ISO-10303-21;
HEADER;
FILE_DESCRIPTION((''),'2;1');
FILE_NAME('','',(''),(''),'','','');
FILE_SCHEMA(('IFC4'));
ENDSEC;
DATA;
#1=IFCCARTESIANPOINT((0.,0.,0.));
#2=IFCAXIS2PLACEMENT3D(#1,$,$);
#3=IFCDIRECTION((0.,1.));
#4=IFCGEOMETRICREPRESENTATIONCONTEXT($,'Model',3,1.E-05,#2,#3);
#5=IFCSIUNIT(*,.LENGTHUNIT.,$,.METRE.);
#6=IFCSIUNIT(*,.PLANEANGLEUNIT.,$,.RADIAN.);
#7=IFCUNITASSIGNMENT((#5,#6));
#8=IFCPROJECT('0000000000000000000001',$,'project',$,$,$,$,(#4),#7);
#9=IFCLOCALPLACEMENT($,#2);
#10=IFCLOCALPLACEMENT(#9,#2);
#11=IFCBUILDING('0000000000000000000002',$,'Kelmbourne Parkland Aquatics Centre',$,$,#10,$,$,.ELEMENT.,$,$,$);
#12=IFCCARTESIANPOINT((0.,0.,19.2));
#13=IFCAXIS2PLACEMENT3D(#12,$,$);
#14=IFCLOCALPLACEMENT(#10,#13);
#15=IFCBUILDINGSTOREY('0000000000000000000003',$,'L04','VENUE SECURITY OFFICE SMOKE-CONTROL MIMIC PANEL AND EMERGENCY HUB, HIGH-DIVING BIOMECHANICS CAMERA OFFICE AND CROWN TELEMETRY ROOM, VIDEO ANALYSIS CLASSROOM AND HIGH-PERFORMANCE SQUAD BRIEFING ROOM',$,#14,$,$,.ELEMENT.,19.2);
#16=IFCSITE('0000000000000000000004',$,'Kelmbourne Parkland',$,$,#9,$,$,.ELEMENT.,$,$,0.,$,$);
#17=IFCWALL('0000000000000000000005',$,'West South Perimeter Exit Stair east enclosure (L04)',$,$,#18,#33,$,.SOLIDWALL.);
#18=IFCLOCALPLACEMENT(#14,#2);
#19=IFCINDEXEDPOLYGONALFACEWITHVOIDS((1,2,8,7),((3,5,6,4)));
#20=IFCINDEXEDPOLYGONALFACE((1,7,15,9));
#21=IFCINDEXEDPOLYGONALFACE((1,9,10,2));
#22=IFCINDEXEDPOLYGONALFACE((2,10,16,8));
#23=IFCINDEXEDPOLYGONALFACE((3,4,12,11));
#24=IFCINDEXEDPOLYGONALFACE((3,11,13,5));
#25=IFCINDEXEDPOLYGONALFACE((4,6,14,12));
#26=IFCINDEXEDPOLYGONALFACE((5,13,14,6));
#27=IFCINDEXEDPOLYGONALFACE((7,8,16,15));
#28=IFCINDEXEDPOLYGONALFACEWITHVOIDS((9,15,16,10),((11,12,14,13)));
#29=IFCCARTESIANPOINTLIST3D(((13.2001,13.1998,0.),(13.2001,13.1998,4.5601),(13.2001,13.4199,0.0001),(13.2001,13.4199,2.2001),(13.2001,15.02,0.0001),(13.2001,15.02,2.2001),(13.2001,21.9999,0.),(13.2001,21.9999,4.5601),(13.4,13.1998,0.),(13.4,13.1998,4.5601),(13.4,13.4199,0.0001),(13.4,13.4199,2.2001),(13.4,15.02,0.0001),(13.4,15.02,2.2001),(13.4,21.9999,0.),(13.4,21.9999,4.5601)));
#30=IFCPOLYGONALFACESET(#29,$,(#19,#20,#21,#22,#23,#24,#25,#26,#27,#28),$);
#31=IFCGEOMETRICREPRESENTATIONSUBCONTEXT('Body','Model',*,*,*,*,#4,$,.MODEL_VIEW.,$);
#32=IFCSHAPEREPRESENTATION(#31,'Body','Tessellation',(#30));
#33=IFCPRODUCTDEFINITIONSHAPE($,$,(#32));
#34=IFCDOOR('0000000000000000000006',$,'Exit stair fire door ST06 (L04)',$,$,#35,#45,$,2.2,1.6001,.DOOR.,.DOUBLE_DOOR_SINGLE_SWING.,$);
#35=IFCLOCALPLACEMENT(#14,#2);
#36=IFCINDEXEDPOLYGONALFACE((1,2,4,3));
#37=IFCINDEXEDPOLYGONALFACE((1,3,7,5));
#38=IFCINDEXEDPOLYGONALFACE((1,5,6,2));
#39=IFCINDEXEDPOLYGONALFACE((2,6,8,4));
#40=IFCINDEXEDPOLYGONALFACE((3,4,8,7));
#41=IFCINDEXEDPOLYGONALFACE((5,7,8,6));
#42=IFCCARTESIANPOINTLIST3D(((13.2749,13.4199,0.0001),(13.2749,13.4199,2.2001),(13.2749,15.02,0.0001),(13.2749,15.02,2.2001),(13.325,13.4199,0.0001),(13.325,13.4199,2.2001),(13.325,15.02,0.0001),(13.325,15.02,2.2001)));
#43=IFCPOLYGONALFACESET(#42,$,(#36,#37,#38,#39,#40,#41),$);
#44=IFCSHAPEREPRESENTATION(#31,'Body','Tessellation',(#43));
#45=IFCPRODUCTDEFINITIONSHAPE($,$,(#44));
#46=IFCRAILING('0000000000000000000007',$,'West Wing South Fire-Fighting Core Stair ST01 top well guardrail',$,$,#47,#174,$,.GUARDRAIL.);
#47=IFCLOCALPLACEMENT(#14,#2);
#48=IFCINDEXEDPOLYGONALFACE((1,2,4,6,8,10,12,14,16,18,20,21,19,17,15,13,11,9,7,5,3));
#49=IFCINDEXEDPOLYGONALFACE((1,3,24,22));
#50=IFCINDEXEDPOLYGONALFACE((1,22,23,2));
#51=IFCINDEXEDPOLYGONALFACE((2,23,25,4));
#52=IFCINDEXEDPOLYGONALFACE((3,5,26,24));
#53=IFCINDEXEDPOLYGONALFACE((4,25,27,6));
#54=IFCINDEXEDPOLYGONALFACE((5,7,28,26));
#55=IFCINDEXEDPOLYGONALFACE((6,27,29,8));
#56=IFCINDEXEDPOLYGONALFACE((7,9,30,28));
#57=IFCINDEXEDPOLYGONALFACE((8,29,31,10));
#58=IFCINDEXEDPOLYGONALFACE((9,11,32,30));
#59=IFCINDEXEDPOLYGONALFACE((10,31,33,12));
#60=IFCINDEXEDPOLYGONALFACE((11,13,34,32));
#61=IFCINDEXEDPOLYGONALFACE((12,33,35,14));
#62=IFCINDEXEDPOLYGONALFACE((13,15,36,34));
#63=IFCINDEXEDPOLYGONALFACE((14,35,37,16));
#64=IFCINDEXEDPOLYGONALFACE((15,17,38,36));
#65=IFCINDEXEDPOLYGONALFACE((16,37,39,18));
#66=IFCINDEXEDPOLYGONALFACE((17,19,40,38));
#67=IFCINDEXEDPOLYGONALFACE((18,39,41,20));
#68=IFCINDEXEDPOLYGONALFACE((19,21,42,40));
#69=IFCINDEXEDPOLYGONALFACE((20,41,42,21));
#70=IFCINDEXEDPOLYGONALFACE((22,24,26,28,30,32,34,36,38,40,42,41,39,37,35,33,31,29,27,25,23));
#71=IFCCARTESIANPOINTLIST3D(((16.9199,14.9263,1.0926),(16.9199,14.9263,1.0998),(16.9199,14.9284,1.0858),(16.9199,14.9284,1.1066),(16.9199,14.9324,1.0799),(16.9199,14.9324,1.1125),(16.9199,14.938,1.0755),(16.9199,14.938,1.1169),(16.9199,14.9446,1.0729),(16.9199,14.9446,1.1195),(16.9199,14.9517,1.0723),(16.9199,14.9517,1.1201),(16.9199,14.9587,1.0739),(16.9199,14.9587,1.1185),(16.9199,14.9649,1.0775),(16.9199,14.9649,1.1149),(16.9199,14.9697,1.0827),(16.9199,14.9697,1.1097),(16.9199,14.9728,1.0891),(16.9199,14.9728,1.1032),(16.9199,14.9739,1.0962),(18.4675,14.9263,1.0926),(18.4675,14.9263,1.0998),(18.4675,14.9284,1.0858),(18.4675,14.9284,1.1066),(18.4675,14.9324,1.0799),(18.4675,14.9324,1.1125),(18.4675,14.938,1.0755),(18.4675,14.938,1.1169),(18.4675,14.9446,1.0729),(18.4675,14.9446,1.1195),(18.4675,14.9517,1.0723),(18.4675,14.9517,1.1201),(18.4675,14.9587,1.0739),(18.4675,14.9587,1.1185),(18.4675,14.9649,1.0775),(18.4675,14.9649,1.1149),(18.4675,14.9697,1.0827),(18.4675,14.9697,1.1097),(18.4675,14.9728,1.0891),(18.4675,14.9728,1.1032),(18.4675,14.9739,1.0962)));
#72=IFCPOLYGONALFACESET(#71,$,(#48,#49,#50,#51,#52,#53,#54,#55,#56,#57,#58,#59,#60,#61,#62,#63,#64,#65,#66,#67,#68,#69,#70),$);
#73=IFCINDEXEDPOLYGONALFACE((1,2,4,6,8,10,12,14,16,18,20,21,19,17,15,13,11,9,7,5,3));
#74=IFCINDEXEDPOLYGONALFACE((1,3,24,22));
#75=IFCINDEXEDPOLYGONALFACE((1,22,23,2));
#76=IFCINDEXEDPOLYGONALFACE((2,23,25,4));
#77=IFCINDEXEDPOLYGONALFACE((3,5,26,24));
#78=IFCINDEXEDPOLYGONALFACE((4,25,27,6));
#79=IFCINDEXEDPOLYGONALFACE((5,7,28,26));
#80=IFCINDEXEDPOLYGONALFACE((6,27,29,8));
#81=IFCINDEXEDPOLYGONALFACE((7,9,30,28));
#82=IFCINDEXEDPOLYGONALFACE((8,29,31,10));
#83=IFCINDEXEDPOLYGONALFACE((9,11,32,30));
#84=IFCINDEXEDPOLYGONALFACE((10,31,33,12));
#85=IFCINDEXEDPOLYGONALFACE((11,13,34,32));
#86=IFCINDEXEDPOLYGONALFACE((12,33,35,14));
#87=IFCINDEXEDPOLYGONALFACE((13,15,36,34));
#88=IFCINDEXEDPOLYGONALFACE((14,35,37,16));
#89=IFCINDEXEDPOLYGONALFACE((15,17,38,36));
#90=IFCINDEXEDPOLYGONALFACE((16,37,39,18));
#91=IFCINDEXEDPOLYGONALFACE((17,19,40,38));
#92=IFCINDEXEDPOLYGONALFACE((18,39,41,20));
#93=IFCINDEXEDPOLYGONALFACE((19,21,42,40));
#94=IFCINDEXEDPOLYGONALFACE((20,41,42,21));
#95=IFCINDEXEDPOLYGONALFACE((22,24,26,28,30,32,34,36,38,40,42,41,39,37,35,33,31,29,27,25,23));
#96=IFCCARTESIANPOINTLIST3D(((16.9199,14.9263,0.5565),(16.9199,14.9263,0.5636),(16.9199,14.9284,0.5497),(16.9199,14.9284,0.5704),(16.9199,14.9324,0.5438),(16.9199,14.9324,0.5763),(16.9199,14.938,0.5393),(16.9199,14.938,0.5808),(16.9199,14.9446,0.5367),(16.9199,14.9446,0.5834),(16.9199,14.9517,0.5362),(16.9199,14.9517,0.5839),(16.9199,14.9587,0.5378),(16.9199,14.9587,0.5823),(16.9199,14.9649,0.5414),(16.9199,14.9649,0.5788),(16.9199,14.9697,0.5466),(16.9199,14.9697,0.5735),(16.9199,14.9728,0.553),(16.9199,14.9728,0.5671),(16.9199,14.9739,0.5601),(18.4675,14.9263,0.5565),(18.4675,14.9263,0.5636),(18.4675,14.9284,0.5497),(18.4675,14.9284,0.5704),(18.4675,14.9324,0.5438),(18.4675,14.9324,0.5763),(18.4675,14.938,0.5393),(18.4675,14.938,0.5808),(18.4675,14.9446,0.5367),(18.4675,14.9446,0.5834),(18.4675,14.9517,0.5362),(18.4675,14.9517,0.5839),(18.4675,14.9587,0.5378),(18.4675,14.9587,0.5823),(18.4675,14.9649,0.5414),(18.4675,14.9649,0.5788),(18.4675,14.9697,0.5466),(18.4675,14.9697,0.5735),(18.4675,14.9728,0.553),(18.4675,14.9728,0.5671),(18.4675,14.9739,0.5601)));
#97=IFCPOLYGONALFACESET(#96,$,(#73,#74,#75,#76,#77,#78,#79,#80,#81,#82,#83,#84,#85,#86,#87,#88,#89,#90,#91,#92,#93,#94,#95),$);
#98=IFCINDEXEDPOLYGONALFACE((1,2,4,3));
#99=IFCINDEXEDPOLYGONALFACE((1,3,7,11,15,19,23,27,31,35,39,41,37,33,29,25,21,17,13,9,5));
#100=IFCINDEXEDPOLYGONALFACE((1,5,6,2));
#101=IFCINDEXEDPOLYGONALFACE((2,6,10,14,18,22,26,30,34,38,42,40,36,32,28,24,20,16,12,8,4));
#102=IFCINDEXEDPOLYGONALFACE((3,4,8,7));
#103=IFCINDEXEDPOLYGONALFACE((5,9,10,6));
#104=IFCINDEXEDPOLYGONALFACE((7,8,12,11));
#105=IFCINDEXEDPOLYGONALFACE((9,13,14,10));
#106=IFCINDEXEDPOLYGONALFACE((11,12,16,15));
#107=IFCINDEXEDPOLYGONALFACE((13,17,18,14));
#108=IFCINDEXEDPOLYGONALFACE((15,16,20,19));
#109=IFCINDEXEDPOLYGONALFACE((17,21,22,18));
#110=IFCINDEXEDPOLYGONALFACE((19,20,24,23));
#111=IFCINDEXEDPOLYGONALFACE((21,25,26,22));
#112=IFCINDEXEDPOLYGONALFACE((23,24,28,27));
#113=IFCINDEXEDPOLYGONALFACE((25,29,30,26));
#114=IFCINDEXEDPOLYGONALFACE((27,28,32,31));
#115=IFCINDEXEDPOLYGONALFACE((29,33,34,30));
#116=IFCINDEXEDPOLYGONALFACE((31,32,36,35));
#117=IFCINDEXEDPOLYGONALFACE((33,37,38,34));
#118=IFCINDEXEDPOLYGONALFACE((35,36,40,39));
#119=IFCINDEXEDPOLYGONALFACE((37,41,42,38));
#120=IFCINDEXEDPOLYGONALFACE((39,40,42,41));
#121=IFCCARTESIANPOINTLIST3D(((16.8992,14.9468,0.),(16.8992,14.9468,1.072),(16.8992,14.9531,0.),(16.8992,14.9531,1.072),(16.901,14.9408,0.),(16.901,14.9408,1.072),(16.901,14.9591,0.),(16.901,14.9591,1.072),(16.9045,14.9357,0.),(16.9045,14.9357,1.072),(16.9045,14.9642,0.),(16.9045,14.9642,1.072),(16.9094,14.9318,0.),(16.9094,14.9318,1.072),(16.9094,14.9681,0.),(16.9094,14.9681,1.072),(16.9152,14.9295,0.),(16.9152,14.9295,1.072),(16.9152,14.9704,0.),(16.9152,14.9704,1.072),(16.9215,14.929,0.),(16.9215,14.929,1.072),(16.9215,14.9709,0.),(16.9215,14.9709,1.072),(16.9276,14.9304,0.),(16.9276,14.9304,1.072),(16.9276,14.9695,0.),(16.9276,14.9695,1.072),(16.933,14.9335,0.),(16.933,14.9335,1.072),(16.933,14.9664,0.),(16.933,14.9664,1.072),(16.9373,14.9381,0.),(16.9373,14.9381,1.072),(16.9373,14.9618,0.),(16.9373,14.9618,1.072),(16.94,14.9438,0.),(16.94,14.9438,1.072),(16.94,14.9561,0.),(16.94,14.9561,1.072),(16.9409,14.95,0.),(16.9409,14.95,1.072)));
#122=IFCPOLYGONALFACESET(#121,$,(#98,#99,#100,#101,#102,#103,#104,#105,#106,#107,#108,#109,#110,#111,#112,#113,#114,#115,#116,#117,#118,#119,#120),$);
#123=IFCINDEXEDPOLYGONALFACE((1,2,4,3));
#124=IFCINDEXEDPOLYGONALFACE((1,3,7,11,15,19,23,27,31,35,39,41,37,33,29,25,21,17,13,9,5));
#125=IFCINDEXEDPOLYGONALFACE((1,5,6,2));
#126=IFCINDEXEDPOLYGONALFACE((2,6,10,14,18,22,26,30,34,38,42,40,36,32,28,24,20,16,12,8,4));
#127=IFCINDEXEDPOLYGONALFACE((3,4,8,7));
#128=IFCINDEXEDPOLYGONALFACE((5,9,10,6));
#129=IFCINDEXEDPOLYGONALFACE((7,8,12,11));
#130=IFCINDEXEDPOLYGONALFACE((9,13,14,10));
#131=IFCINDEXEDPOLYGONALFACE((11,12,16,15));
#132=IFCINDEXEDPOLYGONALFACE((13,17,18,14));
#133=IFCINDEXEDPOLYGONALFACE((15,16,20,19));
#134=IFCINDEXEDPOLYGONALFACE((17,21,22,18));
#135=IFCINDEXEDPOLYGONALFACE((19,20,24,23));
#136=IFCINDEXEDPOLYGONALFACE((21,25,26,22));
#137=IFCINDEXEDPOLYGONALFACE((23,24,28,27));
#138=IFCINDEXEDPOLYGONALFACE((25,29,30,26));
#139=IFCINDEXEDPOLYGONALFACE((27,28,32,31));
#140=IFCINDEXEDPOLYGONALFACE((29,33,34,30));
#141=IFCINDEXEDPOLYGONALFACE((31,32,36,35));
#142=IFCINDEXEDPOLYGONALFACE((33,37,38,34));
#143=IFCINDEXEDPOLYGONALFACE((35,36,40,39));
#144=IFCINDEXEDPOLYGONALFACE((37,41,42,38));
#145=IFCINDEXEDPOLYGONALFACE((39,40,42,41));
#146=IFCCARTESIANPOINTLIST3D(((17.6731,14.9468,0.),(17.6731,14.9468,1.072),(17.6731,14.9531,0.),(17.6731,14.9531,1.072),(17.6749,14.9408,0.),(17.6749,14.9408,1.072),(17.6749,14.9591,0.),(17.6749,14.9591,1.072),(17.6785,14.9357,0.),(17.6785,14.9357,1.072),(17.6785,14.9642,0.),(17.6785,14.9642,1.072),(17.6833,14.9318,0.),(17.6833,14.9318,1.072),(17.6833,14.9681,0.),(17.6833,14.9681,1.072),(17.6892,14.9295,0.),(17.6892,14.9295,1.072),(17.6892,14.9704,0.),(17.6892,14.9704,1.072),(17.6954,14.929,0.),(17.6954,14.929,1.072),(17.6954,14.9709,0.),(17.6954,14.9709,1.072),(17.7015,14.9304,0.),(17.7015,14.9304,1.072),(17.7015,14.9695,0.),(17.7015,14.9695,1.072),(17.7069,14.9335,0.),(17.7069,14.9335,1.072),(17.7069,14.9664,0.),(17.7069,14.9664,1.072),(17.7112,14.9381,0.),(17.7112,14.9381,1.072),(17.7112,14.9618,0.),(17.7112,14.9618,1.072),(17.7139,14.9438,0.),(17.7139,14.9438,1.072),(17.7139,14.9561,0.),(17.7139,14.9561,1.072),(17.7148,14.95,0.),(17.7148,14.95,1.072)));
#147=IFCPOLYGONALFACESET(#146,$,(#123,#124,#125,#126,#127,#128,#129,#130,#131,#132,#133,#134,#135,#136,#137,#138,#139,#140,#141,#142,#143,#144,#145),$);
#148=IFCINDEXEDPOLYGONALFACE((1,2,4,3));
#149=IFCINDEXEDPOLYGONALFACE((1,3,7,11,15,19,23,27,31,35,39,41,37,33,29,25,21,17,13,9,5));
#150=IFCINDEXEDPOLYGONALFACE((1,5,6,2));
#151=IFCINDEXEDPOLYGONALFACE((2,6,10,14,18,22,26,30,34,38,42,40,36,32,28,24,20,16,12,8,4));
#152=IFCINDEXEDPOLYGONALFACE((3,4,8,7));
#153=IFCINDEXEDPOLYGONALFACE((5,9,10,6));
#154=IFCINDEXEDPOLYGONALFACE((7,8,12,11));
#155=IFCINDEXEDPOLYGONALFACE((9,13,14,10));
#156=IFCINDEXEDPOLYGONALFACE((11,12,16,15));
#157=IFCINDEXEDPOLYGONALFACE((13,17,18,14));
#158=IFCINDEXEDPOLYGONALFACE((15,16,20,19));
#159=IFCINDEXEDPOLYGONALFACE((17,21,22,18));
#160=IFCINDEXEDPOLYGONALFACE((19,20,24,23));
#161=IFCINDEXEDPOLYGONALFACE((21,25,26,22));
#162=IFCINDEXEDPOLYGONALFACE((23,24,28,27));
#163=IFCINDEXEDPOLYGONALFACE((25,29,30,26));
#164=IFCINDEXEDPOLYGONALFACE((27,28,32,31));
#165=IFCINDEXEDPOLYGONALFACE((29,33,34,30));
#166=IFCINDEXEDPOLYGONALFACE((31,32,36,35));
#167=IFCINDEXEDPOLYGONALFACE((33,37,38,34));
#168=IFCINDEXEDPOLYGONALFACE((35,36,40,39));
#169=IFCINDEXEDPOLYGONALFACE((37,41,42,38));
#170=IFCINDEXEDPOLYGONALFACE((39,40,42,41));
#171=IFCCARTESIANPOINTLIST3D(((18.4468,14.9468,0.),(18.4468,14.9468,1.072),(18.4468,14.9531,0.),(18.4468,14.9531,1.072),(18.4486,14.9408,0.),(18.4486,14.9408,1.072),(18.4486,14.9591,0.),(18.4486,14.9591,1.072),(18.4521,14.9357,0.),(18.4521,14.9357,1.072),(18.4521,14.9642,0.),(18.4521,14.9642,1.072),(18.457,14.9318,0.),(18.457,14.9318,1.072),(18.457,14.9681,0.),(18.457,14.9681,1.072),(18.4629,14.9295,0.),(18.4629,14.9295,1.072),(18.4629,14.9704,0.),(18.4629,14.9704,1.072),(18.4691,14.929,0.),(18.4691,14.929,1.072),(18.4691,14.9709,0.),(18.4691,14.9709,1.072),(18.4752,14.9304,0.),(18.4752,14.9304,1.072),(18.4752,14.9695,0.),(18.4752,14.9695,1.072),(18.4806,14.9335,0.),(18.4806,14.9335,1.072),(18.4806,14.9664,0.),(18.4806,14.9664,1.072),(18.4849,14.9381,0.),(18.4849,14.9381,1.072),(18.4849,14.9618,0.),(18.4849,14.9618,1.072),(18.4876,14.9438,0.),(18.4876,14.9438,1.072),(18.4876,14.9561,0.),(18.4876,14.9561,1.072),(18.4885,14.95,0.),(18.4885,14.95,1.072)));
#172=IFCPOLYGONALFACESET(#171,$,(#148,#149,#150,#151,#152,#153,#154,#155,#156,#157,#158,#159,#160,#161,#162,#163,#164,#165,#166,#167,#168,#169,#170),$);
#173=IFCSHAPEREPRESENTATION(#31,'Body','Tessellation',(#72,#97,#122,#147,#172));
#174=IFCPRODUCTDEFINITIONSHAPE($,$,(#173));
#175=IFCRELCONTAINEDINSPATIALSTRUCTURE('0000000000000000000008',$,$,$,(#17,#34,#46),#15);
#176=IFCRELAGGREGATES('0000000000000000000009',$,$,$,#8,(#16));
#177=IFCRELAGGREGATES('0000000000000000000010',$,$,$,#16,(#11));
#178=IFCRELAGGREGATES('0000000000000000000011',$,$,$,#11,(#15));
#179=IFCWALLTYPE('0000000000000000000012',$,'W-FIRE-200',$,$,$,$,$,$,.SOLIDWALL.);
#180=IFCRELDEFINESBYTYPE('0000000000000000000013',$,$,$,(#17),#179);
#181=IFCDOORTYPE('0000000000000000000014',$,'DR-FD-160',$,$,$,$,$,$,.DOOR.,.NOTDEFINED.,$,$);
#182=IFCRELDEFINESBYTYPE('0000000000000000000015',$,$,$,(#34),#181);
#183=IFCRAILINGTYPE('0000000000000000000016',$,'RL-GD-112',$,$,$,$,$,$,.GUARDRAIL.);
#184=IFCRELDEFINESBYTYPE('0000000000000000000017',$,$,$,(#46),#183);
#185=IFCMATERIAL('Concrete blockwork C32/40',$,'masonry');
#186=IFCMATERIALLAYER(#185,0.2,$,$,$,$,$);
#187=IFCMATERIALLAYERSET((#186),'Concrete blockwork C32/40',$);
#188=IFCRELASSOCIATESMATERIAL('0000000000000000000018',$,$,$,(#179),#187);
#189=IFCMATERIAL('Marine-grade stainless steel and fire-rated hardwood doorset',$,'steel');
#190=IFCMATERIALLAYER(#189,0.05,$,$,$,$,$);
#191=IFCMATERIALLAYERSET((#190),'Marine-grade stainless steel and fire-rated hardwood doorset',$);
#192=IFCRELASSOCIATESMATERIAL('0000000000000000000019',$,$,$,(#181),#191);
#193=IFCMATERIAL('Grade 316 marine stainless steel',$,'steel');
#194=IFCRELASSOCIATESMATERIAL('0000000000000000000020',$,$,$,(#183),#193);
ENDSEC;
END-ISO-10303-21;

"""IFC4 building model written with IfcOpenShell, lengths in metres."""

from ifc_helpers import new_model, si_unit, direction, frame, frame_2d, origin, origin_2d, place, context, subcontext, project, spatial, rectangle, circle, extrude, material, layer, layer_set, type_object, element, fill, save


model = new_model("IFC4")

# Units and contexts
model_context = context("Model", 3, precision=1e-05, world=origin(), true_north=direction((0.0, 1.0)))
body_context = subcontext(model_context, "Body", "Model", "MODEL_VIEW")
ifc_project = project(units=[si_unit("LENGTHUNIT", "METRE"), si_unit("PLANEANGLEUNIT", "RADIAN")], contexts=[model_context])

# Site, building, storey
site_placement = place(None, origin())
site = spatial("IfcSite", under=ifc_project, at=site_placement, Name="Kelmbourne Parkland", CompositionType="ELEMENT", RefElevation=0.0)
building_placement = place(site_placement, origin())
building = spatial("IfcBuilding", under=site, at=building_placement, Name="Kelmbourne Parkland Aquatics Centre", CompositionType="ELEMENT")
storey_placement = place(building_placement, frame((0.0, 0.0, 19.2)))
storey = spatial("IfcBuildingStorey", under=building, at=storey_placement, Name="L04", Description="VENUE SECURITY OFFICE SMOKE-CONTROL MIMIC PANEL AND EMERGENCY HUB, HIGH-DIVING BIOMECHANICS CAMERA OFFICE AND CROWN TELEMETRY ROOM, VIDEO ANALYSIS CLASSROOM AND HIGH-PERFORMANCE SQUAD BRIEFING ROOM", CompositionType="ELEMENT", Elevation=19.2)

# Shared definitions
ifc_material_1 = material(Name="Marine-grade stainless steel and fire-rated hardwood doorset", Category="steel")

# Shared definitions
ifc_material_2 = material(Name="Concrete blockwork C32/40", Category="masonry")
ifc_layer_1 = layer(ifc_material_2, 0.2)
ifc_layer_set_1 = layer_set([ifc_layer_1], Name="Concrete blockwork C32/40")
wall_type_1 = type_object("IfcWallType", Name="W-FIRE-200", PredefinedType="SOLIDWALL", material=ifc_layer_set_1)

# Wall, opening, door
wall_1_placement = place(storey_placement, frame((13.3, 13.2, 0.0), z_axis=(0.0, 0.0, 1.0), x_axis=(0.0, 1.0, 0.0)))
wall_1 = element("IfcWall", 1, at=wall_1_placement, inside=storey, type_object=wall_type_1, Name="West South Perimeter Exit Stair east enclosure (L04)", PredefinedType="SOLIDWALL", context=body_context, shape_type="SweptSolid", body=[
    extrude(rectangle(XDim=8.8, YDim=0.2, at=frame_2d((4.3999, 0.0))), origin(), (0.0, 0.0, 1.0), 4.5601),
])
opening_1_placement = place(wall_1_placement, frame((0.22, 0.0, 0.0)))
opening_1 = element("IfcOpeningElement", 2, at=opening_1_placement, cuts=wall_1, PredefinedType="OPENING", context=body_context, shape_type="SweptSolid", body=[
    extrude(rectangle(XDim=1.6001, YDim=2.2, at=frame_2d((0.8, 1.1001))), frame((0.0, 0.1118, 0.0), z_axis=(0.0, -1.0, 0.0), x_axis=(1.0, 0.0, 0.0)), (0.0, 0.0, 1.0), 0.2239),
])
ifc_layer_2 = layer(ifc_material_1, 0.05)
ifc_layer_set_2 = layer_set([ifc_layer_2], Name="Marine-grade stainless steel and fire-rated hardwood doorset")
door_type_1 = type_object("IfcDoorType", Name="DR-FD-160", OperationType="NOTDEFINED", PredefinedType="DOOR", material=ifc_layer_set_2)
door_1_placement = place(opening_1_placement, frame((1.6001, 0.0, 0.0), z_axis=(0.0, 0.0, 1.0), x_axis=(-1.0, 0.0, 0.0)))
door_1 = element("IfcDoor", 3, at=door_1_placement, inside=storey, type_object=door_type_1, Name="Exit stair fire door ST06 (L04)", OperationType="DOUBLE_DOOR_SINGLE_SWING", OverallHeight=2.2, OverallWidth=1.6001, PredefinedType="DOOR", context=body_context, shape_type="SweptSolid", body=[
    extrude(rectangle(XDim=1.6001, YDim=2.2, at=frame_2d((0.8, 1.1001))), frame((0.0, 0.0249, 0.0), z_axis=(0.0, -1.0, 0.0), x_axis=(1.0, 0.0, 0.0)), (0.0, 0.0, 1.0), 0.05),
])
fill(opening_1, door_1)

# Railing
ifc_material_3 = material(Name="Grade 316 marine stainless steel", Category="steel")
railing_type = type_object("IfcRailingType", Name="RL-GD-112", PredefinedType="GUARDRAIL", material=ifc_material_3)
railing_1_placement = place(storey_placement, frame((16.9199, 14.95, 0.0)))
element("IfcRailing", 4, at=railing_1_placement, inside=storey, type_object=railing_type, Name="West Wing South Fire-Fighting Core Stair ST01 top well guardrail", PredefinedType="GUARDRAIL", context=body_context, shape_type="SweptSolid", body=[
    extrude(circle(Radius=0.0239, at=origin_2d()), frame((0.0, 0.0, 1.0962), z_axis=(1.0, 0.0, 0.0), x_axis=(0.0, 1.0, 0.0)), (0.0, 0.0, 1.0), 1.5476),
    extrude(circle(Radius=0.0239, at=origin_2d()), frame((0.0, 0.0, 0.5601), z_axis=(1.0, 0.0, 0.0), x_axis=(0.0, 1.0, 0.0)), (0.0, 0.0, 1.0), 1.5476),
    extrude(circle(Radius=0.021, at=origin_2d()), origin(), (0.0, 0.0, 1.0), 1.072),
    extrude(circle(Radius=0.021, at=origin_2d()), frame((0.7739, 0.0, 0.0)), (0.0, 0.0, 1.0), 1.072),
    extrude(circle(Radius=0.021, at=origin_2d()), frame((1.5476, 0.0, 0.0)), (0.0, 0.0, 1.0), 1.072),
])

save(model, "model.ifc")
